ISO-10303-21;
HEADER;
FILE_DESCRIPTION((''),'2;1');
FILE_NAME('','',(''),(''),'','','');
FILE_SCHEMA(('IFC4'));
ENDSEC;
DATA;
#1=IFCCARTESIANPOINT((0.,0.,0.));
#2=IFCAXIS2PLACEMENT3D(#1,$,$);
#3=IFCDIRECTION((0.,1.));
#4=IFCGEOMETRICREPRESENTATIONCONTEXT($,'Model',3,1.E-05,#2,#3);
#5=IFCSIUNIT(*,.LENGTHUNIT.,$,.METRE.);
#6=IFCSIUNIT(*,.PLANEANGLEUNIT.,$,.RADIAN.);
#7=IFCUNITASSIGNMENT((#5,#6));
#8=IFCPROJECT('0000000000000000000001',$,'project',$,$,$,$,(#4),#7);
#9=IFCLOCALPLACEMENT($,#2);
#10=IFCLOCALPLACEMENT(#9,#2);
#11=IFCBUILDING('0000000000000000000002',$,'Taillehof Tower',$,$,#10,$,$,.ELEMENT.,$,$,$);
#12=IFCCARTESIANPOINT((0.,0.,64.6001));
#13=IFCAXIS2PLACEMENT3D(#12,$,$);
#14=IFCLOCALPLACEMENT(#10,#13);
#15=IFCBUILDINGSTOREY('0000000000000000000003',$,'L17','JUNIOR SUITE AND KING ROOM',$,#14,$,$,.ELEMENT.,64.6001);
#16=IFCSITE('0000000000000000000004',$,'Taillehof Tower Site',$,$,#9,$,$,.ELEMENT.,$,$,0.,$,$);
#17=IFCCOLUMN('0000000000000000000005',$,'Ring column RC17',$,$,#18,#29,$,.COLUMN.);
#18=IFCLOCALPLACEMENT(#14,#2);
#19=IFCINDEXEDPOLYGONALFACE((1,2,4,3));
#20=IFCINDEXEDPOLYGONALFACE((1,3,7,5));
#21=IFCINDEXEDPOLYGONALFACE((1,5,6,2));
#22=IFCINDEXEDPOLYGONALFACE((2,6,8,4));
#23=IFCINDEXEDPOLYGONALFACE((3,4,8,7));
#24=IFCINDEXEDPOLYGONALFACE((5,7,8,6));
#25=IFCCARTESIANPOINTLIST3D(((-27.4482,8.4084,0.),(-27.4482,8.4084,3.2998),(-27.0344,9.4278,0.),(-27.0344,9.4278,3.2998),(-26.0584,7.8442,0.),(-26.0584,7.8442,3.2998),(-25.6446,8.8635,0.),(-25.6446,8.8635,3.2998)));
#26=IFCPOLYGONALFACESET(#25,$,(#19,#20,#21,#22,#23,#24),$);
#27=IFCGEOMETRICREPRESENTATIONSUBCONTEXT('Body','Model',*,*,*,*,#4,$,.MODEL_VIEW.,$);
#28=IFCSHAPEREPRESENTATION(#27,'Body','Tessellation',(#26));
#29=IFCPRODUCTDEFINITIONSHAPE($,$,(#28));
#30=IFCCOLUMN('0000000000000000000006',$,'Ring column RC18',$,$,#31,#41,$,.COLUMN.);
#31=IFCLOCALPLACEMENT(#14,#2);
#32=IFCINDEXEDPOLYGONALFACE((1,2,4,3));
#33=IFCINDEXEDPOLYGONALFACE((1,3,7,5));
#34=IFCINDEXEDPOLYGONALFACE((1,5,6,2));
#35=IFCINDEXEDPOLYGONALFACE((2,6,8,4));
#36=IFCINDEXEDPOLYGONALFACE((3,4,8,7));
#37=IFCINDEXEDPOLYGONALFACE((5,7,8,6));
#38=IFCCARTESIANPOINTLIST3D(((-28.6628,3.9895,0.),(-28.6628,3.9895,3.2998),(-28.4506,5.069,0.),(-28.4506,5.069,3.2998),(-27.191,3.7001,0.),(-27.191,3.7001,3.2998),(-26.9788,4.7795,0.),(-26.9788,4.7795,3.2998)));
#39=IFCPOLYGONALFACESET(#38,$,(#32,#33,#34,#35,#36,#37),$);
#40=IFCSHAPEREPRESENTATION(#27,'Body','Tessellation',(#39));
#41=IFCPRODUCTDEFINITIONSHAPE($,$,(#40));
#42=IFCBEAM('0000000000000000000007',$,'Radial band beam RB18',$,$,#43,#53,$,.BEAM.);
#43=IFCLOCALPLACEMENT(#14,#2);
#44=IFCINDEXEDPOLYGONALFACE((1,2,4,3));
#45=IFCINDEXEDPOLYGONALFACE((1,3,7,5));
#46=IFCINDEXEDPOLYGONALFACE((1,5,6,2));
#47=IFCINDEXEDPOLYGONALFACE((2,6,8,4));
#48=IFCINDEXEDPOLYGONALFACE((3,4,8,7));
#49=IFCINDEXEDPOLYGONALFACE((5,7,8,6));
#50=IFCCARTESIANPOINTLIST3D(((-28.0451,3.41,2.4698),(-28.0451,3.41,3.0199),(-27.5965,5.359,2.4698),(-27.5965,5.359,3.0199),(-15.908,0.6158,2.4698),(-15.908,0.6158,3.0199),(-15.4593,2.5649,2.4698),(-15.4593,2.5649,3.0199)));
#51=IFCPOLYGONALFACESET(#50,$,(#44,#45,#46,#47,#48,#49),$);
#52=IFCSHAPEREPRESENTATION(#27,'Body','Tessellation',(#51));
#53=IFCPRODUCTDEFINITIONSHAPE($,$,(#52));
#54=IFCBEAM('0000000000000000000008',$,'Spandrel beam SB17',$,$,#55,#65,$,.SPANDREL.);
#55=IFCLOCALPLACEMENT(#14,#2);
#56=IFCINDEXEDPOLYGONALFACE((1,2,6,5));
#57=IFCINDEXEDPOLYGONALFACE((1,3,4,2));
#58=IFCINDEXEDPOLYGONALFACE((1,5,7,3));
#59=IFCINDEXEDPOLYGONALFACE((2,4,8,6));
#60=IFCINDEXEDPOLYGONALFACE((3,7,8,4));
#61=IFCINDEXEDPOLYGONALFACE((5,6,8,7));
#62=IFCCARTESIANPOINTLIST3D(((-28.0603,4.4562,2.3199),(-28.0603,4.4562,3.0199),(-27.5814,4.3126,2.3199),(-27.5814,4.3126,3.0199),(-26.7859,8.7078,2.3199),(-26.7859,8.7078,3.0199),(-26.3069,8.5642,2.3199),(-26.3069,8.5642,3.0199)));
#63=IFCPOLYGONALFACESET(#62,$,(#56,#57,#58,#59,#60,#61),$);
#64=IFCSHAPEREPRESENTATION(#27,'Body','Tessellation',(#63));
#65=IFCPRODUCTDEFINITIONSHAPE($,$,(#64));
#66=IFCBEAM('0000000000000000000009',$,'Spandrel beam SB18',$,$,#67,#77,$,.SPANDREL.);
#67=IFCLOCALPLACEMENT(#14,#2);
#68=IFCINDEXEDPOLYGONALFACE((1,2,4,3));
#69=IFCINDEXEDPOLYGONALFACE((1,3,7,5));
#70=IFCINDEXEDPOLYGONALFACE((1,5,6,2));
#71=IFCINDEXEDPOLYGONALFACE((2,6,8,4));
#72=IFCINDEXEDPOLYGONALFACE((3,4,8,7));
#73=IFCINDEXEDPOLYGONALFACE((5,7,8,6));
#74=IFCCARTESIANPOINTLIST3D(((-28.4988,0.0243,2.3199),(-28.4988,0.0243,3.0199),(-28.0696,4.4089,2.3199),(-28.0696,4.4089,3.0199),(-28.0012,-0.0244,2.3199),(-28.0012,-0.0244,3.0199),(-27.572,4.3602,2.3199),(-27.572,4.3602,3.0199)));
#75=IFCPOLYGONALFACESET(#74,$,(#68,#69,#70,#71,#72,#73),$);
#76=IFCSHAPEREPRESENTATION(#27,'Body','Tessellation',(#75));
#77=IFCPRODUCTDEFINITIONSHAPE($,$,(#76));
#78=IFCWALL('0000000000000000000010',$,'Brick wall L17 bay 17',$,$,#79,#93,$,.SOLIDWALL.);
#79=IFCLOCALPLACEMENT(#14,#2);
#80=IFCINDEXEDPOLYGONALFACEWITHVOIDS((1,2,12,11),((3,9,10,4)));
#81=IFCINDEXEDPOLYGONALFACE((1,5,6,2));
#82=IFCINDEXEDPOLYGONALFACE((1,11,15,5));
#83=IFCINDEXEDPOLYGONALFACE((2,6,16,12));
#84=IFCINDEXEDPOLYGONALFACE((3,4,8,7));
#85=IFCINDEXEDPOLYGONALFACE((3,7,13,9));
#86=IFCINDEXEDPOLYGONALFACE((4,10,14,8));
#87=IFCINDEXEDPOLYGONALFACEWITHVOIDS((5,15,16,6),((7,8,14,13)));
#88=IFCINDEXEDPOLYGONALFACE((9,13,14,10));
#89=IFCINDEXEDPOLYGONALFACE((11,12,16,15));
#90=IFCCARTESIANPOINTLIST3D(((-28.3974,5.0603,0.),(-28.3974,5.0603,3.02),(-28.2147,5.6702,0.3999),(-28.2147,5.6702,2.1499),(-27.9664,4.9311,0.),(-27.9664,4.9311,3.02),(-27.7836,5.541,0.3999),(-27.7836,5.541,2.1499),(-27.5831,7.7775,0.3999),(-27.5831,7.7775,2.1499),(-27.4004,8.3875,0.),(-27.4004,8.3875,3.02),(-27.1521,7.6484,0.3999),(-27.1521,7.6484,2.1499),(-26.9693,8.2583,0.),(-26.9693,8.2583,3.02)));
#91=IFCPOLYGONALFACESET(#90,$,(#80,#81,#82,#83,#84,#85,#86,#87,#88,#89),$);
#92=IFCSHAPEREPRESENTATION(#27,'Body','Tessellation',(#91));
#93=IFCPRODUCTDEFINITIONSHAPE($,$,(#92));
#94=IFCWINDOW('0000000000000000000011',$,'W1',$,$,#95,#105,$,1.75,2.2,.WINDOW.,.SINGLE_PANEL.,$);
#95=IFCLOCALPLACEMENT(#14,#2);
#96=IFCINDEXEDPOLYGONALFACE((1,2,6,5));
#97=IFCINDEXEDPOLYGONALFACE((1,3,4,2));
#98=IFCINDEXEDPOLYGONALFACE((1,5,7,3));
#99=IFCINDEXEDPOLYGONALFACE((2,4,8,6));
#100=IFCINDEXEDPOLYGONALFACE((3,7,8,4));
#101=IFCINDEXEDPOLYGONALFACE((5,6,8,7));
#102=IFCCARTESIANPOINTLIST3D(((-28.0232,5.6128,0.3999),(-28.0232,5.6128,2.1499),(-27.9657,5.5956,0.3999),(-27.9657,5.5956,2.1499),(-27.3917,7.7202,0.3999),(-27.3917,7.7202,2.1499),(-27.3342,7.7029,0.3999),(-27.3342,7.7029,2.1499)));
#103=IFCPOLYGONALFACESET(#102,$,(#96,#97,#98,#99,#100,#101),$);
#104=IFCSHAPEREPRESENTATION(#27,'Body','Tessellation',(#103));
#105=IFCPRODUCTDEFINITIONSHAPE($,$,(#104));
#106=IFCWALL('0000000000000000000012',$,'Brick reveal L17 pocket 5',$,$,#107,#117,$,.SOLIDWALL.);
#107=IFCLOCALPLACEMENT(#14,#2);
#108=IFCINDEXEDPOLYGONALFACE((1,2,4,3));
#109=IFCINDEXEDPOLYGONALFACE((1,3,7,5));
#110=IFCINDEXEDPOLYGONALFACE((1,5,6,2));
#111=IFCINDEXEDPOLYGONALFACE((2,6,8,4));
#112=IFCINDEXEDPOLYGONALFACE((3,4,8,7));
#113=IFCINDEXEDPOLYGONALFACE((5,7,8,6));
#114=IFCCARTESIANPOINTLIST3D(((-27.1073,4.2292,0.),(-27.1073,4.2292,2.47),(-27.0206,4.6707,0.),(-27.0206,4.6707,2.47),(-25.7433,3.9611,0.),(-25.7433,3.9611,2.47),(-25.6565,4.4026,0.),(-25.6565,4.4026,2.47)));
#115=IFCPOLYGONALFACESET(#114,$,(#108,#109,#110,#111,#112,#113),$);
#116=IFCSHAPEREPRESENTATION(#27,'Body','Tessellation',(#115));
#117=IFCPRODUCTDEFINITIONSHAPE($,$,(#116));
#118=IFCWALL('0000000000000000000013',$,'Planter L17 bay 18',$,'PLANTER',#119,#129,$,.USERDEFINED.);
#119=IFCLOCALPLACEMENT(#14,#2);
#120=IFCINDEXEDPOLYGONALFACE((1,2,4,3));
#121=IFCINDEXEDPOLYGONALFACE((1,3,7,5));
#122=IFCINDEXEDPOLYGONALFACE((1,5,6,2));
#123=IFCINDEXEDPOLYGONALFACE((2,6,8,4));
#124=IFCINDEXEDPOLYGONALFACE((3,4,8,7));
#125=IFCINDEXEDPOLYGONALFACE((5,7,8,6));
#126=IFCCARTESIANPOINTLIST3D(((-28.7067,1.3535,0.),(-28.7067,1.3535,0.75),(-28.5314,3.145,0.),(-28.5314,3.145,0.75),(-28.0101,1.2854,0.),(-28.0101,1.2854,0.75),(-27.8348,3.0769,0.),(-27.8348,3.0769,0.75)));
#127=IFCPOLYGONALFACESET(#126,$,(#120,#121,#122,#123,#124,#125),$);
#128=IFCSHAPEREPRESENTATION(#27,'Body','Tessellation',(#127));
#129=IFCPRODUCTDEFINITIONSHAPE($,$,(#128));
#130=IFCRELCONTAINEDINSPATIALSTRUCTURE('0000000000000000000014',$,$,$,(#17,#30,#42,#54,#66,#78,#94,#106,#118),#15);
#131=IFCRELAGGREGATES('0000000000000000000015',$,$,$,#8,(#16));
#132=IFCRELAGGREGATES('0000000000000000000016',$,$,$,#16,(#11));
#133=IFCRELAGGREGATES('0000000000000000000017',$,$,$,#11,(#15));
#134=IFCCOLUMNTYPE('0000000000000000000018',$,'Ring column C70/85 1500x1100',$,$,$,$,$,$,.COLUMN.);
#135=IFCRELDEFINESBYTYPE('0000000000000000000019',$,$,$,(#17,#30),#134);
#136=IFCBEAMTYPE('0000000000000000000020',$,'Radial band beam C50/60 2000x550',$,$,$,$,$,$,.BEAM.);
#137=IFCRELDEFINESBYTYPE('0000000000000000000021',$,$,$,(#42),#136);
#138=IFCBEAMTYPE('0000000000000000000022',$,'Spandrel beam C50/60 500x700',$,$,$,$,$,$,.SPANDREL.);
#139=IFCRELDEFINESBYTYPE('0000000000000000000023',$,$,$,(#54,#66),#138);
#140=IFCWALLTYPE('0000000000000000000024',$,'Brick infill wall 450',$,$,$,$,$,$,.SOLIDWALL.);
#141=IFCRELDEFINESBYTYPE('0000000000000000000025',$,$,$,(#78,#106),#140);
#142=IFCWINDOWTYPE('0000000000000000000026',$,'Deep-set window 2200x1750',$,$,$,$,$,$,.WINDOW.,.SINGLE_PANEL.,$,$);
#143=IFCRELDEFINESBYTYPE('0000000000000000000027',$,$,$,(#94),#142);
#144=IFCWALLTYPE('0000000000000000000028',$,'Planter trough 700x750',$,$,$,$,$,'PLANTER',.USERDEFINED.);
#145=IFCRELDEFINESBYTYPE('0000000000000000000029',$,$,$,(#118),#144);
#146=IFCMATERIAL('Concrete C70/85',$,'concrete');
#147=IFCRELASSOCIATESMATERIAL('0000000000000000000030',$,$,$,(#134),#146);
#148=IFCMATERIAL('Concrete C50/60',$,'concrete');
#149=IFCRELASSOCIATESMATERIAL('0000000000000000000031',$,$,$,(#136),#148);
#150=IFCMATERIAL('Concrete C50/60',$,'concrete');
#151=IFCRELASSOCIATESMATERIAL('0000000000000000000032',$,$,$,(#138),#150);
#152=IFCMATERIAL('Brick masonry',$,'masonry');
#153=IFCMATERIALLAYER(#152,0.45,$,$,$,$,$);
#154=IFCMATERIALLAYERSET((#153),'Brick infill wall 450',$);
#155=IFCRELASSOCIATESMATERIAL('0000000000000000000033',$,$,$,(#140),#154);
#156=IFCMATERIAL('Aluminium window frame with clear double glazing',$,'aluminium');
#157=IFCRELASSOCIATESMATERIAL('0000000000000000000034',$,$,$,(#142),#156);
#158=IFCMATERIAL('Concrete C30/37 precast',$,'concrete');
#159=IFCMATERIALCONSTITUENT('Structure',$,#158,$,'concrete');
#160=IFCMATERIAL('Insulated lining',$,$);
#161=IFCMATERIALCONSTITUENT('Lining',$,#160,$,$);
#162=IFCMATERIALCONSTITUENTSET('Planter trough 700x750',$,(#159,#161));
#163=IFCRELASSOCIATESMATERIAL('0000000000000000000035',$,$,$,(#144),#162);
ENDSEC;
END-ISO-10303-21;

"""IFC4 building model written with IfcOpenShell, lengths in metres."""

from ifc_helpers import new_model, si_unit, direction, frame, frame_2d, origin, origin_2d, place, context, subcontext, project, spatial, rectangle, extrude, material, layer, layer_set, constituent, constituent_set, material_profile, profile_set, type_object, element, fill, save


model = new_model("IFC4")

# Units and contexts
model_context = context("Model", 3, precision=1e-05, world=origin(), true_north=direction((0.0, 1.0)))
body_context = subcontext(model_context, "Body", "Model", "MODEL_VIEW")
ifc_project = project(units=[si_unit("LENGTHUNIT", "METRE"), si_unit("PLANEANGLEUNIT", "RADIAN")], contexts=[model_context])

# Site, building, storey
site_placement = place(None, origin())
site = spatial("IfcSite", under=ifc_project, at=site_placement, Name="Taillehof Tower Site", CompositionType="ELEMENT", RefElevation=0.0)
building_placement = place(site_placement, origin())
building = spatial("IfcBuilding", under=site, at=building_placement, Name="Taillehof Tower", CompositionType="ELEMENT")
storey_placement = place(building_placement, frame((0.0, 0.0, 64.6001)))
storey = spatial("IfcBuildingStorey", under=building, at=storey_placement, Name="L17", Description="JUNIOR SUITE AND KING ROOM", CompositionType="ELEMENT", Elevation=64.6001)

# Columns
ifc_material_1 = material(Name="Concrete C70/85", Category="concrete")
ifc_material_profile_1 = material_profile(ifc_material_1, rectangle(XDim=1.5, YDim=1.1001, at=origin_2d()), Name="RC 1500x1100")
ifc_profile_set_1 = profile_set([ifc_material_profile_1], Name="Concrete C70/85")
column_type = type_object("IfcColumnType", Name="Ring column C70/85 1500x1100", PredefinedType="COLUMN", material=ifc_profile_set_1)
for number, where, z_axis, x_axis, name in (
    (1, (-26.5464, 8.636, 0.0), (0.0, 0.0, 1.0), (-0.926558, 0.376152, 0.0), "Ring column RC17"),
    (2, (-27.8208, 4.3845, 0.0), (0.0, 0.0, 1.0), (-0.981204, 0.192976, 0.0), "Ring column RC18"),
):
    element("IfcColumn", number, at=place(storey_placement, frame(where, z_axis=z_axis, x_axis=x_axis)), inside=storey, type_object=column_type, Name=name, PredefinedType="COLUMN", context=body_context, shape_type="SweptSolid", body=[
        extrude(rectangle(XDim=1.5, YDim=1.1001, at=origin_2d()), origin(), (0.0, 0.0, 1.0), 3.2998),
    ])

# Beams
ifc_material_2 = material(Name="Concrete C50/60", Category="concrete")
ifc_material_profile_2 = material_profile(ifc_material_2, rectangle(XDim=2.0, YDim=0.55, at=origin_2d()), Name="RC 2000x550")
ifc_profile_set_2 = profile_set([ifc_material_profile_2], Name="Concrete C50/60")
beam_type_1 = type_object("IfcBeamType", Name="Radial band beam C50/60 2000x550", PredefinedType="BEAM", material=ifc_profile_set_2)
beam_1_placement = place(storey_placement, frame((-27.8208, 4.3845, 2.7449), z_axis=(0.974509, -0.224348, 0.0), x_axis=(0.224348, 0.974509, 0.0)))
element("IfcBeam", 3, at=beam_1_placement, inside=storey, type_object=beam_type_1, Name="Radial band beam RB18", PredefinedType="BEAM", context=body_context, shape_type="SweptSolid", body=[
    extrude(rectangle(XDim=2.0, YDim=0.55, at=origin_2d()), origin(), (0.0, 0.0, 1.0), 12.4546),
])
ifc_material_3 = material(Name="Concrete C50/60", Category="concrete")
ifc_material_profile_3 = material_profile(ifc_material_3, rectangle(XDim=0.5, YDim=0.7, at=origin_2d()), Name="RC 500x700")
ifc_profile_set_3 = profile_set([ifc_material_profile_3], Name="Concrete C50/60")
beam_type_2 = type_object("IfcBeamType", Name="Spandrel beam C50/60 500x700", PredefinedType="SPANDREL", material=ifc_profile_set_3)
beam_2_placement = place(storey_placement, frame((-26.5464, 8.636, 2.6699), z_axis=(-0.287136, -0.95789, 0.0), x_axis=(0.95789, -0.287136, 0.0)))
element("IfcBeam", 4, at=beam_2_placement, inside=storey, type_object=beam_type_2, Name="Spandrel beam SB17", PredefinedType="SPANDREL", context=body_context, shape_type="SweptSolid", body=[
    extrude(rectangle(XDim=0.5, YDim=0.7, at=origin_2d()), origin(), (0.0, 0.0, 1.0), 4.4385),
])
beam_3_placement = place(storey_placement, frame((-27.8208, 4.3845, 2.6699), z_axis=(-0.097424, -0.995243, 0.0), x_axis=(0.995243, -0.097424, 0.0)))
element("IfcBeam", 5, at=beam_3_placement, inside=storey, type_object=beam_type_2, Name="Spandrel beam SB18", PredefinedType="SPANDREL", context=body_context, shape_type="SweptSolid", body=[
    extrude(rectangle(XDim=0.5, YDim=0.7, at=origin_2d()), origin(), (0.0, 0.0, 1.0), 4.4055),
])

# Wall, opening, window
ifc_material_4 = material(Name="Brick masonry", Category="masonry")
ifc_layer = layer(ifc_material_4, 0.45)
ifc_layer_set = layer_set([ifc_layer], Name="Brick infill wall 450")
wall_type_1 = type_object("IfcWallType", Name="Brick infill wall 450", PredefinedType="SOLIDWALL", material=ifc_layer_set)
wall_1_placement = place(storey_placement, frame((-27.1848, 8.323, 0.0), z_axis=(0.0, 0.0, 1.0), x_axis=(-0.287064, -0.957911, 0.0)))
wall_1 = element("IfcWall", 6, at=wall_1_placement, inside=storey, type_object=wall_type_1, Name="Brick wall L17 bay 17", PredefinedType="SOLIDWALL", context=body_context, shape_type="SweptSolid", body=[
    extrude(rectangle(XDim=3.4734, YDim=0.45, at=frame_2d((1.7368, 0.0))), origin(), (0.0, 0.0, 1.0), 3.02),
])
opening_1_placement = place(wall_1_placement, frame((0.6367, 0.0, 0.3999)))
opening_1 = element("IfcOpeningElement", 7, at=opening_1_placement, cuts=wall_1, PredefinedType="OPENING", context=body_context, shape_type="SweptSolid", body=[
    extrude(rectangle(XDim=2.2, YDim=1.75, at=frame_2d((1.1001, 0.875))), frame((0.0, 0.2349, 0.0), z_axis=(0.0, -1.0, 0.0), x_axis=(1.0, 0.0, 0.0)), (0.0, 0.0, 1.0), 0.47),
])
ifc_material_5 = material(Name="Aluminium window frame with clear double glazing", Category="aluminium")
window_type_1 = type_object("IfcWindowType", Name="Deep-set window 2200x1750", PartitioningType="SINGLE_PANEL", PredefinedType="WINDOW", material=ifc_material_5)
window_1_placement = place(opening_1_placement, origin())
window_1 = element("IfcWindow", 8, at=window_1_placement, inside=storey, type_object=window_type_1, Name="W1", OverallHeight=1.75, OverallWidth=2.2, PartitioningType="SINGLE_PANEL", PredefinedType="WINDOW", context=body_context, shape_type="SweptSolid", body=[
    extrude(rectangle(XDim=2.2, YDim=1.75, at=frame_2d((1.1001, 0.875))), frame((0.0, 0.0349, 0.0), z_axis=(0.0, -1.0, 0.0), x_axis=(1.0, 0.0, 0.0)), (0.0, 0.0, 1.0), 0.0601),
])
fill(opening_1, window_1)

# Wall
wall_2_placement = place(storey_placement, frame((-27.064, 4.45, 0.0), z_axis=(0.0, 0.0, 1.0), x_axis=(0.98123, -0.192839, 0.0)))
element("IfcWall", 9, at=wall_2_placement, inside=storey, type_object=wall_type_1, Name="Brick reveal L17 pocket 5", PredefinedType="SOLIDWALL", context=body_context, shape_type="SweptSolid", body=[
    extrude(rectangle(XDim=1.3901, YDim=0.45, at=frame_2d((0.6951, 0.0))), origin(), (0.0, 0.0, 1.0), 2.47),
])

# Wall
ifc_material_6 = material(Name="Concrete C30/37 precast", Category="concrete")
ifc_constituent_1 = constituent(ifc_material_6, Name="Structure", Category="concrete")
ifc_material_7 = material(Name="Insulated lining")
ifc_constituent_2 = constituent(ifc_material_7, Name="Lining")
ifc_constituent_set = constituent_set(constituents=[ifc_constituent_1, ifc_constituent_2], Name="Planter trough 700x750")
wall_type_2 = type_object("IfcWallType", Name="Planter trough 700x750", ElementType="PLANTER", PredefinedType="USERDEFINED", material=ifc_constituent_set)
wall_3_placement = place(storey_placement, frame((-28.1831, 3.1108, 0.0), z_axis=(0.0, 0.0, 1.0), x_axis=(-0.097382, -0.995247, 0.0)))
element("IfcWall", 10, at=wall_3_placement, inside=storey, type_object=wall_type_2, Name="Planter L17 bay 18", ObjectType="PLANTER", PredefinedType="USERDEFINED", context=body_context, shape_type="SweptSolid", body=[
    extrude(rectangle(XDim=1.8, YDim=0.7, at=frame_2d((0.8999, 0.0))), origin(), (0.0, 0.0, 1.0), 0.75),
])

save(model, "model.ifc")
